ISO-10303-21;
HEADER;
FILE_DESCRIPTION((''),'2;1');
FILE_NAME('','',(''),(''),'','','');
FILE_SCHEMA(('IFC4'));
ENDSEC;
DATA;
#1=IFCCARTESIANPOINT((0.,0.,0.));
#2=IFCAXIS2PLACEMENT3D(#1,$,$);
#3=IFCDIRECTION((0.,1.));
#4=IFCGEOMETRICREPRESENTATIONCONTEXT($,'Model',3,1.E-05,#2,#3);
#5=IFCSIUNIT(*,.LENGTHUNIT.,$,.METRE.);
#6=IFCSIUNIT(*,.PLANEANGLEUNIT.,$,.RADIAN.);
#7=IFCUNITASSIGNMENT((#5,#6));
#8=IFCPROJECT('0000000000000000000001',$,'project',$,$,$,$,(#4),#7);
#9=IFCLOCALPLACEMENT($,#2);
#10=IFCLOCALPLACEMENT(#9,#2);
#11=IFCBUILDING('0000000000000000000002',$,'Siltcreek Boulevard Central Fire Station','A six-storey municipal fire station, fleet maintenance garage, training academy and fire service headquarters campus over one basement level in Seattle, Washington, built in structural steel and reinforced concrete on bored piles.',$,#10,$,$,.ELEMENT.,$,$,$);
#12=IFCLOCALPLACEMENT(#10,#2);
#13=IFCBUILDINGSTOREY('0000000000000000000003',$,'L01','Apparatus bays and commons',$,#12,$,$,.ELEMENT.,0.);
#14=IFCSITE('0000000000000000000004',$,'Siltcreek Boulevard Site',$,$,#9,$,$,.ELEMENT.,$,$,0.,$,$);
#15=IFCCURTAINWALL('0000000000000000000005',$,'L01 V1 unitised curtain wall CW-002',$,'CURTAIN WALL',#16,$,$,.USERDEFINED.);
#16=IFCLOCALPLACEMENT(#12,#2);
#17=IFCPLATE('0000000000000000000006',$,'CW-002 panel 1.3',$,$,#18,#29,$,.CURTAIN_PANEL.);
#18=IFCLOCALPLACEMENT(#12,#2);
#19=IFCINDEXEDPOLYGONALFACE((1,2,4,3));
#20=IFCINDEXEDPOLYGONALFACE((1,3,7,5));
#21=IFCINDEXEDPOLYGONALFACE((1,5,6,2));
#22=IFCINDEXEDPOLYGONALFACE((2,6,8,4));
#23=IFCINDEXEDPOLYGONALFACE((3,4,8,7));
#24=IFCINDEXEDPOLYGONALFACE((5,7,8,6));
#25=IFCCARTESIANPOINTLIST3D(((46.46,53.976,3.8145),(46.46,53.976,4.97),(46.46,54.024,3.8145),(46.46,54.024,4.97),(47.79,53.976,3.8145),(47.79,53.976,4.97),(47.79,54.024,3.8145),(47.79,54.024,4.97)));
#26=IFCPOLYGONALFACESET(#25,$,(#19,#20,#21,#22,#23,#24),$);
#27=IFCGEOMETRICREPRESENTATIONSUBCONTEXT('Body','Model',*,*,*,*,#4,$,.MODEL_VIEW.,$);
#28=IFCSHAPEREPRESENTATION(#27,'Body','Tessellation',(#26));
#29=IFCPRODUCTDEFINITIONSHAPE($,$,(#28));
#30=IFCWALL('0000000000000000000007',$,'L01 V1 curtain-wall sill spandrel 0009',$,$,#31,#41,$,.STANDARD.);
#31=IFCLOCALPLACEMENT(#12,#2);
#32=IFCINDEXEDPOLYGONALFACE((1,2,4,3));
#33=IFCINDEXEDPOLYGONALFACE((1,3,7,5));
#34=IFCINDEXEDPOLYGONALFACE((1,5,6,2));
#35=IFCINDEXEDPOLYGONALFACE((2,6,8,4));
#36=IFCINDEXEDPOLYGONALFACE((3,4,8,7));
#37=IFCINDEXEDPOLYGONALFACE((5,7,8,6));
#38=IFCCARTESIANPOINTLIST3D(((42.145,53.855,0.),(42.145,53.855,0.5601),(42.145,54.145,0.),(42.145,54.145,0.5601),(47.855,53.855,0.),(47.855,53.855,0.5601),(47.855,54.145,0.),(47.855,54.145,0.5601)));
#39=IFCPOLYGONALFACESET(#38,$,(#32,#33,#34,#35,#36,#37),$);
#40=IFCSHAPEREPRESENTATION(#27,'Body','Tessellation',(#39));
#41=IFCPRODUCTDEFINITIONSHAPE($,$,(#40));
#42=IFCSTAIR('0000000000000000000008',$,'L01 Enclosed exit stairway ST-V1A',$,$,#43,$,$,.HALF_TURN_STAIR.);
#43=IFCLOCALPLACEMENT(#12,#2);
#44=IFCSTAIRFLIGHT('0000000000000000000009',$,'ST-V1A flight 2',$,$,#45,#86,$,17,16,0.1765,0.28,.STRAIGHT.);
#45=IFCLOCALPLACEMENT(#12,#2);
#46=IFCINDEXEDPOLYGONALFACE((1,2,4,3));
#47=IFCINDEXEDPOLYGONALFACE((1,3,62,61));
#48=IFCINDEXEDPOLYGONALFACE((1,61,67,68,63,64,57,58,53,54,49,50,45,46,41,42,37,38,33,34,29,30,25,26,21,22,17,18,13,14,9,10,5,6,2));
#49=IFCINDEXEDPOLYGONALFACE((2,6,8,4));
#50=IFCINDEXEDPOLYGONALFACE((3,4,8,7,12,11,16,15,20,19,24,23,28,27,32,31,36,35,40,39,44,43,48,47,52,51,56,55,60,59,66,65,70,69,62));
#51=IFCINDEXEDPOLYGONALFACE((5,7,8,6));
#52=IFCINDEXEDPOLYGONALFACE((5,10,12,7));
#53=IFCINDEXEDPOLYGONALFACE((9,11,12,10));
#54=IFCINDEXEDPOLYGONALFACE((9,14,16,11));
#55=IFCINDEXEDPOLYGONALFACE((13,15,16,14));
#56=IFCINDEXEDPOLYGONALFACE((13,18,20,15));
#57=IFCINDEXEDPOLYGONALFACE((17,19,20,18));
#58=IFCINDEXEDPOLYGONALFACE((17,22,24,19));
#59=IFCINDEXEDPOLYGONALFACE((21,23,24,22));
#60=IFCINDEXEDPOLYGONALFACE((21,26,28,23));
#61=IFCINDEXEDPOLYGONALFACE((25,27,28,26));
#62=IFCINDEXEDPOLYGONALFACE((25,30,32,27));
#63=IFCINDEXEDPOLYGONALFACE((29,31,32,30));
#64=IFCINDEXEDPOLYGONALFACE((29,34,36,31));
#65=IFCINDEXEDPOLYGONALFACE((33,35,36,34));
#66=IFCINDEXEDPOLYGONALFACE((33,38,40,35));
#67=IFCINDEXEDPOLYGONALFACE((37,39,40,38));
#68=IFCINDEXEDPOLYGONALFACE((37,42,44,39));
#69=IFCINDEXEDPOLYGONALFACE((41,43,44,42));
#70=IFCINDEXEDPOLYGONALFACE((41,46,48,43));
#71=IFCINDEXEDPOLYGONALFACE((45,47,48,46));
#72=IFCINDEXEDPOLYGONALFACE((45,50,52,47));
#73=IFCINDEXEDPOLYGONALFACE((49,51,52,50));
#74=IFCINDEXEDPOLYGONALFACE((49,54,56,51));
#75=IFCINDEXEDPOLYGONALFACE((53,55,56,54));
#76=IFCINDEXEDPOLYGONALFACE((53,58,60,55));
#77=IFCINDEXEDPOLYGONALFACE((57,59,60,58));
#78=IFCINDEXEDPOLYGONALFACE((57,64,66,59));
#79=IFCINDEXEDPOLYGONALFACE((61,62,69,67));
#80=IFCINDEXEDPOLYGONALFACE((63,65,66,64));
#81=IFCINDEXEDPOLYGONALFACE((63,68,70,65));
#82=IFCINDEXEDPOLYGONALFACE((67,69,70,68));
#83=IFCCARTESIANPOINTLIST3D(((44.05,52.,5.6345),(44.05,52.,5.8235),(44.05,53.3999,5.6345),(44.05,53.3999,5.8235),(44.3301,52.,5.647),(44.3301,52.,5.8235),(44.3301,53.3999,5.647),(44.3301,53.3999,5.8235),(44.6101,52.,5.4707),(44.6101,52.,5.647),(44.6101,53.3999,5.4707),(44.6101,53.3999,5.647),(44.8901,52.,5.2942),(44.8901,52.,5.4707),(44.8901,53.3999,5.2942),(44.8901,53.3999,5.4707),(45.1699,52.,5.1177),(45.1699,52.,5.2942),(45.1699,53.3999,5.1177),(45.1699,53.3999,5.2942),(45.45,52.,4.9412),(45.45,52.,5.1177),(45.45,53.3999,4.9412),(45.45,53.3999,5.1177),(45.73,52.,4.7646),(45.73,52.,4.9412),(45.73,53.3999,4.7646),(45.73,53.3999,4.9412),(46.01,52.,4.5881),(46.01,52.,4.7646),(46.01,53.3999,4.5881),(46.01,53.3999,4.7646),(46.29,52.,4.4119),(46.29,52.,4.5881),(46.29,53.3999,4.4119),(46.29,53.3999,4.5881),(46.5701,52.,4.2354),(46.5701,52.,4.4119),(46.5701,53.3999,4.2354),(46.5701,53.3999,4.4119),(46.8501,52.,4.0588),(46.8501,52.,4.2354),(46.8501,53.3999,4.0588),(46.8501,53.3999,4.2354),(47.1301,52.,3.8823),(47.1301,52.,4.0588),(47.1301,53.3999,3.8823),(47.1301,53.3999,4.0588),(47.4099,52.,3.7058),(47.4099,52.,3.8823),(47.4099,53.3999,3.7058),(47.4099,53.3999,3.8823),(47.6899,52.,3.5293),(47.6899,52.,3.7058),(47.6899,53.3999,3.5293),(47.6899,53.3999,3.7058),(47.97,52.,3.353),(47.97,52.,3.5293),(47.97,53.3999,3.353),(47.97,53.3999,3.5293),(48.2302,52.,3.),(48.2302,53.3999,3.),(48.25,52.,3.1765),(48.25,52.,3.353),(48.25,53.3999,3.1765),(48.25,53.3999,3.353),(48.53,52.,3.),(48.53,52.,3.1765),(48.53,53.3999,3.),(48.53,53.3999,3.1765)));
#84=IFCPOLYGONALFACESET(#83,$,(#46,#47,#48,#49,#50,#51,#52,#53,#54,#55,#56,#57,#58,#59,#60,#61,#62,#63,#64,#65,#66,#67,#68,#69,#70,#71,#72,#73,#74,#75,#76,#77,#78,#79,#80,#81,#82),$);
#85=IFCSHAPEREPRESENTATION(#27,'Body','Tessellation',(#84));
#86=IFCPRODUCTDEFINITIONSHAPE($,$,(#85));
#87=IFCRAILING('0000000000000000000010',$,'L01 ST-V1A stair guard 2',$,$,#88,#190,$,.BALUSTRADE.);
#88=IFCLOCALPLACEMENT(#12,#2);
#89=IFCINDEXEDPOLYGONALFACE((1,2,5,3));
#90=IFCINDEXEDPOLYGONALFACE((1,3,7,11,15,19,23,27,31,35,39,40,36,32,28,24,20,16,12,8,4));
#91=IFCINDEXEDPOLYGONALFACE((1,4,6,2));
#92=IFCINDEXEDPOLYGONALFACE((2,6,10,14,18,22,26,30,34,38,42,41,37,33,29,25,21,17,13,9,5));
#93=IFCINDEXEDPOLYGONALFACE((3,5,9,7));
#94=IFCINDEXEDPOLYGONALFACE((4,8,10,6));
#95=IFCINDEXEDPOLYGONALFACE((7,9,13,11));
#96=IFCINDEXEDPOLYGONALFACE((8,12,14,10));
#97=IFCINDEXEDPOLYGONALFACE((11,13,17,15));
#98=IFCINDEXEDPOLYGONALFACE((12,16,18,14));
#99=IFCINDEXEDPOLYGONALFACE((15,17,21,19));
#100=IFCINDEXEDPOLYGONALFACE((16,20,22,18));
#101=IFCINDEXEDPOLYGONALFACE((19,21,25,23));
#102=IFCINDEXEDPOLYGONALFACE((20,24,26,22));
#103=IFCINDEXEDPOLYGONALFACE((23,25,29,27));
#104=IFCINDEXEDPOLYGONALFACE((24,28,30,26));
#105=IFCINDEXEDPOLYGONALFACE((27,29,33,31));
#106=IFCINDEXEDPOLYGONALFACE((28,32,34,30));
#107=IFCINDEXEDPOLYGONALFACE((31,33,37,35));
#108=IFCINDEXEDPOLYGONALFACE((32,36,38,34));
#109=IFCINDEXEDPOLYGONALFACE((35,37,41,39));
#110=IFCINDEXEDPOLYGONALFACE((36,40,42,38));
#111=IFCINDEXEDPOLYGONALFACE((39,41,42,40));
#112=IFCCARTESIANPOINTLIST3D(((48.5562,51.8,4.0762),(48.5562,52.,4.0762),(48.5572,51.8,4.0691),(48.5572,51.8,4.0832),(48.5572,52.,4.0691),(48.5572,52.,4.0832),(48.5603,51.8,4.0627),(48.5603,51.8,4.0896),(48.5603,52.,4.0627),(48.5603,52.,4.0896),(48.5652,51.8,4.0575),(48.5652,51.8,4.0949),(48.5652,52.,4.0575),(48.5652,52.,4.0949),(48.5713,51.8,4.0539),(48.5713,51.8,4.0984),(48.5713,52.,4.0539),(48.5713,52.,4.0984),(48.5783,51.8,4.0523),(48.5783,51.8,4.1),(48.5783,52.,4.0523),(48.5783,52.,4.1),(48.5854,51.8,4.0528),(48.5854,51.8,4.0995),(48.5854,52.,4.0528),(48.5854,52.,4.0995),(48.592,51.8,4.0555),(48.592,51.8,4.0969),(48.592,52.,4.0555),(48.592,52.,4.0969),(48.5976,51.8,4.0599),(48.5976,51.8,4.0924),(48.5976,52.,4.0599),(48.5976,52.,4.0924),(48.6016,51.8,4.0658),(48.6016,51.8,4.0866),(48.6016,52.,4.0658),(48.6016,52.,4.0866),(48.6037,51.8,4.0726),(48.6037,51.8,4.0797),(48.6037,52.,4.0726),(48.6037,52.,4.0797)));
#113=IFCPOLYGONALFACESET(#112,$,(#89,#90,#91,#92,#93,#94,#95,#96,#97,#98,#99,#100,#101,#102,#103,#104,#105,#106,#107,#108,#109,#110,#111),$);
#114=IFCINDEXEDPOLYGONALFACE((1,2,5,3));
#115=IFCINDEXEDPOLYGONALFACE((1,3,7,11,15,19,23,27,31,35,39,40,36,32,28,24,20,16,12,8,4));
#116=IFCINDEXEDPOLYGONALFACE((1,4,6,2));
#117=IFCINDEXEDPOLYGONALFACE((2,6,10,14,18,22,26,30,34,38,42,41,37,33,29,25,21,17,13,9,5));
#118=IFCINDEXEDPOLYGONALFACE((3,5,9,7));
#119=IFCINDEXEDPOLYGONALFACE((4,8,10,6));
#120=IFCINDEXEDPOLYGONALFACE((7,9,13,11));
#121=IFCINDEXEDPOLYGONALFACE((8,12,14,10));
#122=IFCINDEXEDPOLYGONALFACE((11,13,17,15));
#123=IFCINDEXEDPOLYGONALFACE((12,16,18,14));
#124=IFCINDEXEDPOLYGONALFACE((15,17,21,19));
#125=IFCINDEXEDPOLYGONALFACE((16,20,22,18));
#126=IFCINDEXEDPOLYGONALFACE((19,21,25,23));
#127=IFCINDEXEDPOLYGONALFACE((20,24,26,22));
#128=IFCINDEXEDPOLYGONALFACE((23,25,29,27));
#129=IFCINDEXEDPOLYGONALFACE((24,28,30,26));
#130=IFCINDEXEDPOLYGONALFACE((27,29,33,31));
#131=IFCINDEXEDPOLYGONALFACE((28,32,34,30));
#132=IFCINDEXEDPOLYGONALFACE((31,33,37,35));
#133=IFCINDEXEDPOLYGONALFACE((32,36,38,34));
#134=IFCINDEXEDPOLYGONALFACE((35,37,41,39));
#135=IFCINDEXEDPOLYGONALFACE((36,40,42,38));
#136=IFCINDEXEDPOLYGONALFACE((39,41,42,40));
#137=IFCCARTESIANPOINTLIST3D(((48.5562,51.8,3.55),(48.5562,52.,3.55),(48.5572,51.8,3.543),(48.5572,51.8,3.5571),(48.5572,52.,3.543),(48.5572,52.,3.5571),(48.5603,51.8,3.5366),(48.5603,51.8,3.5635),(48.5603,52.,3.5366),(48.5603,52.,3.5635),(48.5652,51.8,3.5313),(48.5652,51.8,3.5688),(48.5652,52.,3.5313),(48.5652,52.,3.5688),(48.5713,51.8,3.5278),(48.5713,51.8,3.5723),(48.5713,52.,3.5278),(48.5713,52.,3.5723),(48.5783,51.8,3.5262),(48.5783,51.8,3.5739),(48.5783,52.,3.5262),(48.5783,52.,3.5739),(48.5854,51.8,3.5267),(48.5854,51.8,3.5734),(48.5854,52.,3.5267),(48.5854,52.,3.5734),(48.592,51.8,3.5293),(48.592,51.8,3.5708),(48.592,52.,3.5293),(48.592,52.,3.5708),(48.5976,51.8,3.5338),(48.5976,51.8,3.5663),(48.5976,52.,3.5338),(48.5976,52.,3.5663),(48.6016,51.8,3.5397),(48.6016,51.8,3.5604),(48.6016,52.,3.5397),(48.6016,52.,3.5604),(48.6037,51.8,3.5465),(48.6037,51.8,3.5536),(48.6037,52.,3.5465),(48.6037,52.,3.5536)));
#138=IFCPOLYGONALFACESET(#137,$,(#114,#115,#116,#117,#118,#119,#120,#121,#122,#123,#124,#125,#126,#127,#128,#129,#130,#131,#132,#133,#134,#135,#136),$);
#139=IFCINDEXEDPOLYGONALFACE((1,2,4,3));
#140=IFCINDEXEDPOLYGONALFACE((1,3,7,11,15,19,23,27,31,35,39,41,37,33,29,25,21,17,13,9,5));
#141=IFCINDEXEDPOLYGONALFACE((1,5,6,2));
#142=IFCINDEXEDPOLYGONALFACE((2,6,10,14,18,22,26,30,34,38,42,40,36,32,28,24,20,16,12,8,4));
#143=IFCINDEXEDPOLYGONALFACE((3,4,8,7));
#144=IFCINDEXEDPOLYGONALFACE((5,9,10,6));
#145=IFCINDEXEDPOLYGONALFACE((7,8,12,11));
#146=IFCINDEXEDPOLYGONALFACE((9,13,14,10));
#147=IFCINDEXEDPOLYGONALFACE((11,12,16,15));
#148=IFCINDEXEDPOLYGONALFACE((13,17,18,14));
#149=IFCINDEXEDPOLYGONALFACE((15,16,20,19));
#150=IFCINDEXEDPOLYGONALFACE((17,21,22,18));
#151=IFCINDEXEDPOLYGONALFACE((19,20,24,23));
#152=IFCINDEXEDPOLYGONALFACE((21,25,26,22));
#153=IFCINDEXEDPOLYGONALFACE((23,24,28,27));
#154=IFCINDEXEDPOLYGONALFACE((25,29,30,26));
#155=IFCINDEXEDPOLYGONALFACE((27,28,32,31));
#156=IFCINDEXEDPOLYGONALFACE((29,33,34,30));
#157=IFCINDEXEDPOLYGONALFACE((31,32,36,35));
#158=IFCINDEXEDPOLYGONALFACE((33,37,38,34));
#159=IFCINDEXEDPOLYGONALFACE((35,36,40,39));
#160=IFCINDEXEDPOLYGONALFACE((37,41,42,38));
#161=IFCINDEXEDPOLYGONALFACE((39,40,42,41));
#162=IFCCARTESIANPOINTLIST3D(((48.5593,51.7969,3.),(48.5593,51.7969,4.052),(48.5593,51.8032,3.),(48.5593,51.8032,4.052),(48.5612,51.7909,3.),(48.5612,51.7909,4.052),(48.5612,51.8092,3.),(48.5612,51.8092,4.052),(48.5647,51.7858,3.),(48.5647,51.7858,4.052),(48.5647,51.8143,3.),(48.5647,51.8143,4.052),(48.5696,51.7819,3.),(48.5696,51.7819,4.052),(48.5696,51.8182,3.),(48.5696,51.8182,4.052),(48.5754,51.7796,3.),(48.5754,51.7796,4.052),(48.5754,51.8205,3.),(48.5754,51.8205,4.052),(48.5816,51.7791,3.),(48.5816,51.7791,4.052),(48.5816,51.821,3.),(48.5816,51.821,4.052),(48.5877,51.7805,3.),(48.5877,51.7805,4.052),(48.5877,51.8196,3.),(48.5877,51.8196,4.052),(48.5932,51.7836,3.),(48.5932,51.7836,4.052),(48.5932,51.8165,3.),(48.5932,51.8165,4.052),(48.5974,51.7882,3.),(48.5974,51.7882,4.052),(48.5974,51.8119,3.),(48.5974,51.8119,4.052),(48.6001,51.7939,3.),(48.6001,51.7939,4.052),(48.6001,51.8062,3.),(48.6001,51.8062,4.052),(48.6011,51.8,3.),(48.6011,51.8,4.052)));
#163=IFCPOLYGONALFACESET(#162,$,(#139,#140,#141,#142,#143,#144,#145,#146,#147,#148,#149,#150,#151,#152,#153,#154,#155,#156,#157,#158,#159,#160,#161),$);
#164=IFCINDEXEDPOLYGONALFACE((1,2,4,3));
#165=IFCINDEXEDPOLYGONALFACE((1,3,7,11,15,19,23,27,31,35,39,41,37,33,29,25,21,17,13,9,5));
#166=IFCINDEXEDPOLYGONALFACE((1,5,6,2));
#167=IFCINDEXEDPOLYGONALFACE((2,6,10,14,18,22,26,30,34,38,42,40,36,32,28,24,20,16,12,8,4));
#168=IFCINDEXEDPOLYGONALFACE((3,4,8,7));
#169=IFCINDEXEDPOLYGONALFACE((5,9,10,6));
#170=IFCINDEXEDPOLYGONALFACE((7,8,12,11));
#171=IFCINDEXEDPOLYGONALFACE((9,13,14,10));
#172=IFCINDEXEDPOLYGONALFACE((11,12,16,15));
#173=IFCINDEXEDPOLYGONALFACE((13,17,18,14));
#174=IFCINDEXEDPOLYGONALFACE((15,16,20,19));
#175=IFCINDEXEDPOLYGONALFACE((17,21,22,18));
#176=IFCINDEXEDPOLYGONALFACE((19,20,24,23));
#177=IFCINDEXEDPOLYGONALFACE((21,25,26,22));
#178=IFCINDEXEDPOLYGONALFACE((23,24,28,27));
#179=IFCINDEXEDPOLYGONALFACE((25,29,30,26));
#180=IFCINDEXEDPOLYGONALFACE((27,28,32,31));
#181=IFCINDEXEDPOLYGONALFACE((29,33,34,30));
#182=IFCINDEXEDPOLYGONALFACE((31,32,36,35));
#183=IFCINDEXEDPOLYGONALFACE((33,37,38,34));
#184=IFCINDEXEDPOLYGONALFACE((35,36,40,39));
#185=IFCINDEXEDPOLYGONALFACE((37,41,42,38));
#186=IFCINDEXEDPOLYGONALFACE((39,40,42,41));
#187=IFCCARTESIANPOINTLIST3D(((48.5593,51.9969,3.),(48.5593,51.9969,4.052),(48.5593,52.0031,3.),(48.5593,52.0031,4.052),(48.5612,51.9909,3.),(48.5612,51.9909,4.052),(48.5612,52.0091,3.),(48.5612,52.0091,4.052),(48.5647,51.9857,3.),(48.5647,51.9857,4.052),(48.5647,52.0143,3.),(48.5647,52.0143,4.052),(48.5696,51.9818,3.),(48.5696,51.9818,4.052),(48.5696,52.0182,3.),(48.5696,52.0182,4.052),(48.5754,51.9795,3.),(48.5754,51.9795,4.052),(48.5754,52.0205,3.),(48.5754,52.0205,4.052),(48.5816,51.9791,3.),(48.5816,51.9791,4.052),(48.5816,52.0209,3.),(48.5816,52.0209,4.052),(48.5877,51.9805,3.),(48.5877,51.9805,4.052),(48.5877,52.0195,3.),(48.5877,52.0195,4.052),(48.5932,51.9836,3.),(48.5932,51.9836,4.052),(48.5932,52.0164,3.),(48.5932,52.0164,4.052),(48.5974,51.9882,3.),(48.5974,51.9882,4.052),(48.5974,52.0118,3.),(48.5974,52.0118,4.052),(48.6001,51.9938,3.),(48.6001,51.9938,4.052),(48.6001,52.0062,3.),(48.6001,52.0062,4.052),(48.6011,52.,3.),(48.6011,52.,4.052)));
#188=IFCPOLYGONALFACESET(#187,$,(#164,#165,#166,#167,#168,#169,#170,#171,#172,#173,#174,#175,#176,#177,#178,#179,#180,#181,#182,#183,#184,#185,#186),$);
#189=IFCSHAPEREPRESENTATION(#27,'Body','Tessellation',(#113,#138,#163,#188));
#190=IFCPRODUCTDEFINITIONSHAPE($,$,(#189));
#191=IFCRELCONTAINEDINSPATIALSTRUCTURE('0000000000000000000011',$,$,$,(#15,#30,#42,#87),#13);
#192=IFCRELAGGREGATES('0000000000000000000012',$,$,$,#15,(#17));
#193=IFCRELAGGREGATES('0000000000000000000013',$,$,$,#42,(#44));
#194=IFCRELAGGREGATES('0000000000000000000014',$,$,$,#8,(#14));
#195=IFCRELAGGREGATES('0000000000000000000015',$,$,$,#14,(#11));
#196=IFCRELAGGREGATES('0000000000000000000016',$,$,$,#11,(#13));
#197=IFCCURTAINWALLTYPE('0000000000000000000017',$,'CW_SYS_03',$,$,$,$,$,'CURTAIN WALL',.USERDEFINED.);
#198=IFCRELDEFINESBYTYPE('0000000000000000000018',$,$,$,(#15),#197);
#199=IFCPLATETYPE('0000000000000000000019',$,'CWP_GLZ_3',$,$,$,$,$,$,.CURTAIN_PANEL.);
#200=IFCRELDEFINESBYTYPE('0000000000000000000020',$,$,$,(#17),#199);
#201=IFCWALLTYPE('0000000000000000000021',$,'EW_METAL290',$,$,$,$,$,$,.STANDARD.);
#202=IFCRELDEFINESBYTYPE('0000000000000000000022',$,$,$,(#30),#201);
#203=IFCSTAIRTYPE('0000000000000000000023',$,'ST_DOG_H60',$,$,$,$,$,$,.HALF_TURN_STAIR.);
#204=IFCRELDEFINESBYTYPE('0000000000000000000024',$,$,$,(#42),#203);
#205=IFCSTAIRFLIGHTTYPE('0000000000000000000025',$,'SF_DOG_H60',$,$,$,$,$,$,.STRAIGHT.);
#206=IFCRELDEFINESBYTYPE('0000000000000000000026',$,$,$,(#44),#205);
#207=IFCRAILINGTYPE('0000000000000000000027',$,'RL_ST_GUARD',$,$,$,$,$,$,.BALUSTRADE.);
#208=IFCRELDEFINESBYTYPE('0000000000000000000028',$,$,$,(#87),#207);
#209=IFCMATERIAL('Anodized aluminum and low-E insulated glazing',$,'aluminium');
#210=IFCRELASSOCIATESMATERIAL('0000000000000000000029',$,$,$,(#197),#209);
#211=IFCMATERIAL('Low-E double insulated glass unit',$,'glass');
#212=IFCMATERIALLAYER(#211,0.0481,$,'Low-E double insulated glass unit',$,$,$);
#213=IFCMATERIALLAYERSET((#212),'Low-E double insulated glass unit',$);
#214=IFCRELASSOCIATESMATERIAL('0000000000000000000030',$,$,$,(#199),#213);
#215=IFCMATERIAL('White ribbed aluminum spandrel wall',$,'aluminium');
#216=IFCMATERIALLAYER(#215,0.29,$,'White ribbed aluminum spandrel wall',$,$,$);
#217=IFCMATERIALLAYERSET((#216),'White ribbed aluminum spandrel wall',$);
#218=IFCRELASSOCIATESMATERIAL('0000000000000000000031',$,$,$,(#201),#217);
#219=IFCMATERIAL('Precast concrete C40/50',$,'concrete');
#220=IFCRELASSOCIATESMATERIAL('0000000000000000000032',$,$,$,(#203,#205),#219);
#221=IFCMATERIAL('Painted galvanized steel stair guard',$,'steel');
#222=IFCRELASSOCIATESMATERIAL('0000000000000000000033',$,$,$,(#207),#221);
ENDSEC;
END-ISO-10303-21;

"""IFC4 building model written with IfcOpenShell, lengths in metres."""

from ifc_helpers import new_model, si_unit, direction, frame, frame_2d, origin, origin_2d, place, context, subcontext, project, spatial, polyline, rectangle, circle, outline, extrude, material, layer, layer_set, type_object, element, aggregate, save


model = new_model("IFC4")

# Units and contexts
model_context = context("Model", 3, precision=1e-05, world=origin(), true_north=direction((0.0, 1.0)))
body_context = subcontext(model_context, "Body", "Model", "MODEL_VIEW")
ifc_project = project(units=[si_unit("LENGTHUNIT", "METRE"), si_unit("PLANEANGLEUNIT", "RADIAN")], contexts=[model_context])

# Site, building, storey
site_placement = place(None, origin())
site = spatial("IfcSite", under=ifc_project, at=site_placement, Name="Siltcreek Boulevard Site", CompositionType="ELEMENT", RefElevation=0.0)
building_placement = place(site_placement, origin())
building = spatial("IfcBuilding", under=site, at=building_placement, Name="Siltcreek Boulevard Central Fire Station", Description="A six-storey municipal fire station, fleet maintenance garage, training academy and fire service headquarters campus over one basement level in Seattle, Washington, built in structural steel and reinforced concrete on bored piles.", CompositionType="ELEMENT")
storey_placement = place(building_placement, origin())
storey = spatial("IfcBuildingStorey", under=building, at=storey_placement, Name="L01", Description="Apparatus bays and commons", CompositionType="ELEMENT", Elevation=0.0)

# Shared definitions
ifc_material_1 = material(Name="Anodized aluminum and low-E insulated glazing", Category="aluminium")

# Curtain wall
curtain_wall_type_1 = type_object("IfcCurtainWallType", Name="CW_SYS_03", ElementType="CURTAIN WALL", PredefinedType="USERDEFINED", material=ifc_material_1)
curtain_wall_1_placement = place(storey_placement, origin())
curtain_wall_1 = element("IfcCurtainWall", 1, at=curtain_wall_1_placement, inside=storey, type_object=curtain_wall_type_1, Name="L01 V1 unitised curtain wall CW-002", ObjectType="CURTAIN WALL", PredefinedType="USERDEFINED")

# Plate
ifc_material_2 = material(Name="Low-E double insulated glass unit", Category="glass")
ifc_layer_1 = layer(ifc_material_2, 0.0481, Name="Low-E double insulated glass unit")
ifc_layer_set_1 = layer_set([ifc_layer_1], Name="Low-E double insulated glass unit")
plate_type_1 = type_object("IfcPlateType", Name="CWP_GLZ_3", PredefinedType="CURTAIN_PANEL", material=ifc_layer_set_1)
plate_1_placement = place(storey_placement, frame((47.125, 54.0, 3.8145), z_axis=(0.0, 0.0, 1.0), x_axis=(-1.0, 0.0, 0.0)))
plate_1 = element("IfcPlate", 2, at=plate_1_placement, type_object=plate_type_1, Name="CW-002 panel 1.3", PredefinedType="CURTAIN_PANEL", context=body_context, shape_type="SweptSolid", body=[
    extrude(rectangle(XDim=1.3301, YDim=0.0481, at=origin_2d()), origin(), (0.0, 0.0, 1.0), 1.1555),
])
aggregate(curtain_wall_1, [plate_1])

# Wall
ifc_material_3 = material(Name="White ribbed aluminum spandrel wall", Category="aluminium")
ifc_layer_2 = layer(ifc_material_3, 0.29, Name="White ribbed aluminum spandrel wall")
ifc_layer_set_2 = layer_set([ifc_layer_2], Name="White ribbed aluminum spandrel wall")
wall_type = type_object("IfcWallType", Name="EW_METAL290", PredefinedType="STANDARD", material=ifc_layer_set_2)
wall_placement = place(storey_placement, frame((47.855, 54.0, 0.0), z_axis=(0.0, 0.0, 1.0), x_axis=(-1.0, 0.0, 0.0)))
element("IfcWall", 3, at=wall_placement, inside=storey, type_object=wall_type, Name="L01 V1 curtain-wall sill spandrel 0009", PredefinedType="STANDARD", context=body_context, shape_type="SweptSolid", body=[
    extrude(rectangle(XDim=5.71, YDim=0.29, at=frame_2d((2.855, 0.0))), origin(), (0.0, 0.0, 1.0), 0.5601),
])

# Stair, stair flight
ifc_material_4 = material(Name="Precast concrete C40/50", Category="concrete")
stair_type = type_object("IfcStairType", Name="ST_DOG_H60", PredefinedType="HALF_TURN_STAIR", material=ifc_material_4)
stair_placement = place(storey_placement, origin())
stair = element("IfcStair", 4, at=stair_placement, inside=storey, type_object=stair_type, Name="L01 Enclosed exit stairway ST-V1A", PredefinedType="HALF_TURN_STAIR")
stair_flight_type = type_object("IfcStairFlightType", Name="SF_DOG_H60", PredefinedType="STRAIGHT", material=ifc_material_4)
stair_flight_placement = place(storey_placement, frame((48.53, 52.7, 3.0), z_axis=(0.0, 0.0, 1.0), x_axis=(-1.0, 0.0, 0.0)))
stair_flight = element("IfcStairFlight", 5, at=stair_flight_placement, type_object=stair_flight_type, Name="ST-V1A flight 2", NumberOfRisers=17, NumberOfTreads=16, PredefinedType="STRAIGHT", RiserHeight=0.1765, TreadLength=0.28, context=body_context, shape_type="SweptSolid", body=[
    extrude(outline(polyline([(0.0, 0.0), (0.0, 0.1765), (0.28, 0.1765), (0.28, 0.353), (0.5601, 0.353), (0.5601, 0.5293), (0.8401, 0.5293), (0.8401, 0.7058), (1.1201, 0.7058), (1.1201, 0.8823), (1.3999, 0.8823), (1.3999, 1.0588), (1.6799, 1.0588), (1.6799, 1.2354), (1.96, 1.2354), (1.96, 1.4119), (2.24, 1.4119), (2.24, 1.5881), (2.52, 1.5881), (2.52, 1.7646), (2.8, 1.7646), (2.8, 1.9412), (3.0801, 1.9412), (3.0801, 2.1177), (3.3601, 2.1177), (3.3601, 2.2942), (3.6399, 2.2942), (3.6399, 2.4707), (3.9199, 2.4707), (3.9199, 2.647), (4.2, 2.647), (4.2, 2.8235), (4.48, 2.8235), (4.48, 3.0), (4.48, 2.6345), (0.2998, 0.0), (0.0, 0.0)])), frame((0.0, 0.7, 0.0), z_axis=(0.0, -1.0, 0.0), x_axis=(1.0, 0.0, 0.0)), (0.0, 0.0, 1.0), 1.3999),
])
aggregate(stair, [stair_flight])

# Railing
ifc_material_5 = material(Name="Painted galvanized steel stair guard", Category="steel")
railing_type_1 = type_object("IfcRailingType", Name="RL_ST_GUARD", PredefinedType="BALUSTRADE", material=ifc_material_5)
railing_1_placement = place(storey_placement, frame((48.5801, 51.8, 3.0)))
element("IfcRailing", 6, at=railing_1_placement, inside=storey, type_object=railing_type_1, Name="L01 ST-V1A stair guard 2", PredefinedType="BALUSTRADE", context=body_context, shape_type="SweptSolid", body=[
    extrude(circle(Radius=0.0239, at=origin_2d()), frame((0.0, 0.0, 1.0762), z_axis=(0.0, 1.0, 0.0), x_axis=(-1.0, 0.0, 0.0)), (0.0, 0.0, 1.0), 0.2),
    extrude(circle(Radius=0.0239, at=origin_2d()), frame((0.0, 0.0, 0.55), z_axis=(0.0, 1.0, 0.0), x_axis=(-1.0, 0.0, 0.0)), (0.0, 0.0, 1.0), 0.2),
    extrude(circle(Radius=0.021, at=origin_2d()), origin(), (0.0, 0.0, 1.0), 1.052),
    extrude(circle(Radius=0.021, at=origin_2d()), frame((0.0, 0.2, 0.0)), (0.0, 0.0, 1.0), 1.052),
])

save(model, "model.ifc")
